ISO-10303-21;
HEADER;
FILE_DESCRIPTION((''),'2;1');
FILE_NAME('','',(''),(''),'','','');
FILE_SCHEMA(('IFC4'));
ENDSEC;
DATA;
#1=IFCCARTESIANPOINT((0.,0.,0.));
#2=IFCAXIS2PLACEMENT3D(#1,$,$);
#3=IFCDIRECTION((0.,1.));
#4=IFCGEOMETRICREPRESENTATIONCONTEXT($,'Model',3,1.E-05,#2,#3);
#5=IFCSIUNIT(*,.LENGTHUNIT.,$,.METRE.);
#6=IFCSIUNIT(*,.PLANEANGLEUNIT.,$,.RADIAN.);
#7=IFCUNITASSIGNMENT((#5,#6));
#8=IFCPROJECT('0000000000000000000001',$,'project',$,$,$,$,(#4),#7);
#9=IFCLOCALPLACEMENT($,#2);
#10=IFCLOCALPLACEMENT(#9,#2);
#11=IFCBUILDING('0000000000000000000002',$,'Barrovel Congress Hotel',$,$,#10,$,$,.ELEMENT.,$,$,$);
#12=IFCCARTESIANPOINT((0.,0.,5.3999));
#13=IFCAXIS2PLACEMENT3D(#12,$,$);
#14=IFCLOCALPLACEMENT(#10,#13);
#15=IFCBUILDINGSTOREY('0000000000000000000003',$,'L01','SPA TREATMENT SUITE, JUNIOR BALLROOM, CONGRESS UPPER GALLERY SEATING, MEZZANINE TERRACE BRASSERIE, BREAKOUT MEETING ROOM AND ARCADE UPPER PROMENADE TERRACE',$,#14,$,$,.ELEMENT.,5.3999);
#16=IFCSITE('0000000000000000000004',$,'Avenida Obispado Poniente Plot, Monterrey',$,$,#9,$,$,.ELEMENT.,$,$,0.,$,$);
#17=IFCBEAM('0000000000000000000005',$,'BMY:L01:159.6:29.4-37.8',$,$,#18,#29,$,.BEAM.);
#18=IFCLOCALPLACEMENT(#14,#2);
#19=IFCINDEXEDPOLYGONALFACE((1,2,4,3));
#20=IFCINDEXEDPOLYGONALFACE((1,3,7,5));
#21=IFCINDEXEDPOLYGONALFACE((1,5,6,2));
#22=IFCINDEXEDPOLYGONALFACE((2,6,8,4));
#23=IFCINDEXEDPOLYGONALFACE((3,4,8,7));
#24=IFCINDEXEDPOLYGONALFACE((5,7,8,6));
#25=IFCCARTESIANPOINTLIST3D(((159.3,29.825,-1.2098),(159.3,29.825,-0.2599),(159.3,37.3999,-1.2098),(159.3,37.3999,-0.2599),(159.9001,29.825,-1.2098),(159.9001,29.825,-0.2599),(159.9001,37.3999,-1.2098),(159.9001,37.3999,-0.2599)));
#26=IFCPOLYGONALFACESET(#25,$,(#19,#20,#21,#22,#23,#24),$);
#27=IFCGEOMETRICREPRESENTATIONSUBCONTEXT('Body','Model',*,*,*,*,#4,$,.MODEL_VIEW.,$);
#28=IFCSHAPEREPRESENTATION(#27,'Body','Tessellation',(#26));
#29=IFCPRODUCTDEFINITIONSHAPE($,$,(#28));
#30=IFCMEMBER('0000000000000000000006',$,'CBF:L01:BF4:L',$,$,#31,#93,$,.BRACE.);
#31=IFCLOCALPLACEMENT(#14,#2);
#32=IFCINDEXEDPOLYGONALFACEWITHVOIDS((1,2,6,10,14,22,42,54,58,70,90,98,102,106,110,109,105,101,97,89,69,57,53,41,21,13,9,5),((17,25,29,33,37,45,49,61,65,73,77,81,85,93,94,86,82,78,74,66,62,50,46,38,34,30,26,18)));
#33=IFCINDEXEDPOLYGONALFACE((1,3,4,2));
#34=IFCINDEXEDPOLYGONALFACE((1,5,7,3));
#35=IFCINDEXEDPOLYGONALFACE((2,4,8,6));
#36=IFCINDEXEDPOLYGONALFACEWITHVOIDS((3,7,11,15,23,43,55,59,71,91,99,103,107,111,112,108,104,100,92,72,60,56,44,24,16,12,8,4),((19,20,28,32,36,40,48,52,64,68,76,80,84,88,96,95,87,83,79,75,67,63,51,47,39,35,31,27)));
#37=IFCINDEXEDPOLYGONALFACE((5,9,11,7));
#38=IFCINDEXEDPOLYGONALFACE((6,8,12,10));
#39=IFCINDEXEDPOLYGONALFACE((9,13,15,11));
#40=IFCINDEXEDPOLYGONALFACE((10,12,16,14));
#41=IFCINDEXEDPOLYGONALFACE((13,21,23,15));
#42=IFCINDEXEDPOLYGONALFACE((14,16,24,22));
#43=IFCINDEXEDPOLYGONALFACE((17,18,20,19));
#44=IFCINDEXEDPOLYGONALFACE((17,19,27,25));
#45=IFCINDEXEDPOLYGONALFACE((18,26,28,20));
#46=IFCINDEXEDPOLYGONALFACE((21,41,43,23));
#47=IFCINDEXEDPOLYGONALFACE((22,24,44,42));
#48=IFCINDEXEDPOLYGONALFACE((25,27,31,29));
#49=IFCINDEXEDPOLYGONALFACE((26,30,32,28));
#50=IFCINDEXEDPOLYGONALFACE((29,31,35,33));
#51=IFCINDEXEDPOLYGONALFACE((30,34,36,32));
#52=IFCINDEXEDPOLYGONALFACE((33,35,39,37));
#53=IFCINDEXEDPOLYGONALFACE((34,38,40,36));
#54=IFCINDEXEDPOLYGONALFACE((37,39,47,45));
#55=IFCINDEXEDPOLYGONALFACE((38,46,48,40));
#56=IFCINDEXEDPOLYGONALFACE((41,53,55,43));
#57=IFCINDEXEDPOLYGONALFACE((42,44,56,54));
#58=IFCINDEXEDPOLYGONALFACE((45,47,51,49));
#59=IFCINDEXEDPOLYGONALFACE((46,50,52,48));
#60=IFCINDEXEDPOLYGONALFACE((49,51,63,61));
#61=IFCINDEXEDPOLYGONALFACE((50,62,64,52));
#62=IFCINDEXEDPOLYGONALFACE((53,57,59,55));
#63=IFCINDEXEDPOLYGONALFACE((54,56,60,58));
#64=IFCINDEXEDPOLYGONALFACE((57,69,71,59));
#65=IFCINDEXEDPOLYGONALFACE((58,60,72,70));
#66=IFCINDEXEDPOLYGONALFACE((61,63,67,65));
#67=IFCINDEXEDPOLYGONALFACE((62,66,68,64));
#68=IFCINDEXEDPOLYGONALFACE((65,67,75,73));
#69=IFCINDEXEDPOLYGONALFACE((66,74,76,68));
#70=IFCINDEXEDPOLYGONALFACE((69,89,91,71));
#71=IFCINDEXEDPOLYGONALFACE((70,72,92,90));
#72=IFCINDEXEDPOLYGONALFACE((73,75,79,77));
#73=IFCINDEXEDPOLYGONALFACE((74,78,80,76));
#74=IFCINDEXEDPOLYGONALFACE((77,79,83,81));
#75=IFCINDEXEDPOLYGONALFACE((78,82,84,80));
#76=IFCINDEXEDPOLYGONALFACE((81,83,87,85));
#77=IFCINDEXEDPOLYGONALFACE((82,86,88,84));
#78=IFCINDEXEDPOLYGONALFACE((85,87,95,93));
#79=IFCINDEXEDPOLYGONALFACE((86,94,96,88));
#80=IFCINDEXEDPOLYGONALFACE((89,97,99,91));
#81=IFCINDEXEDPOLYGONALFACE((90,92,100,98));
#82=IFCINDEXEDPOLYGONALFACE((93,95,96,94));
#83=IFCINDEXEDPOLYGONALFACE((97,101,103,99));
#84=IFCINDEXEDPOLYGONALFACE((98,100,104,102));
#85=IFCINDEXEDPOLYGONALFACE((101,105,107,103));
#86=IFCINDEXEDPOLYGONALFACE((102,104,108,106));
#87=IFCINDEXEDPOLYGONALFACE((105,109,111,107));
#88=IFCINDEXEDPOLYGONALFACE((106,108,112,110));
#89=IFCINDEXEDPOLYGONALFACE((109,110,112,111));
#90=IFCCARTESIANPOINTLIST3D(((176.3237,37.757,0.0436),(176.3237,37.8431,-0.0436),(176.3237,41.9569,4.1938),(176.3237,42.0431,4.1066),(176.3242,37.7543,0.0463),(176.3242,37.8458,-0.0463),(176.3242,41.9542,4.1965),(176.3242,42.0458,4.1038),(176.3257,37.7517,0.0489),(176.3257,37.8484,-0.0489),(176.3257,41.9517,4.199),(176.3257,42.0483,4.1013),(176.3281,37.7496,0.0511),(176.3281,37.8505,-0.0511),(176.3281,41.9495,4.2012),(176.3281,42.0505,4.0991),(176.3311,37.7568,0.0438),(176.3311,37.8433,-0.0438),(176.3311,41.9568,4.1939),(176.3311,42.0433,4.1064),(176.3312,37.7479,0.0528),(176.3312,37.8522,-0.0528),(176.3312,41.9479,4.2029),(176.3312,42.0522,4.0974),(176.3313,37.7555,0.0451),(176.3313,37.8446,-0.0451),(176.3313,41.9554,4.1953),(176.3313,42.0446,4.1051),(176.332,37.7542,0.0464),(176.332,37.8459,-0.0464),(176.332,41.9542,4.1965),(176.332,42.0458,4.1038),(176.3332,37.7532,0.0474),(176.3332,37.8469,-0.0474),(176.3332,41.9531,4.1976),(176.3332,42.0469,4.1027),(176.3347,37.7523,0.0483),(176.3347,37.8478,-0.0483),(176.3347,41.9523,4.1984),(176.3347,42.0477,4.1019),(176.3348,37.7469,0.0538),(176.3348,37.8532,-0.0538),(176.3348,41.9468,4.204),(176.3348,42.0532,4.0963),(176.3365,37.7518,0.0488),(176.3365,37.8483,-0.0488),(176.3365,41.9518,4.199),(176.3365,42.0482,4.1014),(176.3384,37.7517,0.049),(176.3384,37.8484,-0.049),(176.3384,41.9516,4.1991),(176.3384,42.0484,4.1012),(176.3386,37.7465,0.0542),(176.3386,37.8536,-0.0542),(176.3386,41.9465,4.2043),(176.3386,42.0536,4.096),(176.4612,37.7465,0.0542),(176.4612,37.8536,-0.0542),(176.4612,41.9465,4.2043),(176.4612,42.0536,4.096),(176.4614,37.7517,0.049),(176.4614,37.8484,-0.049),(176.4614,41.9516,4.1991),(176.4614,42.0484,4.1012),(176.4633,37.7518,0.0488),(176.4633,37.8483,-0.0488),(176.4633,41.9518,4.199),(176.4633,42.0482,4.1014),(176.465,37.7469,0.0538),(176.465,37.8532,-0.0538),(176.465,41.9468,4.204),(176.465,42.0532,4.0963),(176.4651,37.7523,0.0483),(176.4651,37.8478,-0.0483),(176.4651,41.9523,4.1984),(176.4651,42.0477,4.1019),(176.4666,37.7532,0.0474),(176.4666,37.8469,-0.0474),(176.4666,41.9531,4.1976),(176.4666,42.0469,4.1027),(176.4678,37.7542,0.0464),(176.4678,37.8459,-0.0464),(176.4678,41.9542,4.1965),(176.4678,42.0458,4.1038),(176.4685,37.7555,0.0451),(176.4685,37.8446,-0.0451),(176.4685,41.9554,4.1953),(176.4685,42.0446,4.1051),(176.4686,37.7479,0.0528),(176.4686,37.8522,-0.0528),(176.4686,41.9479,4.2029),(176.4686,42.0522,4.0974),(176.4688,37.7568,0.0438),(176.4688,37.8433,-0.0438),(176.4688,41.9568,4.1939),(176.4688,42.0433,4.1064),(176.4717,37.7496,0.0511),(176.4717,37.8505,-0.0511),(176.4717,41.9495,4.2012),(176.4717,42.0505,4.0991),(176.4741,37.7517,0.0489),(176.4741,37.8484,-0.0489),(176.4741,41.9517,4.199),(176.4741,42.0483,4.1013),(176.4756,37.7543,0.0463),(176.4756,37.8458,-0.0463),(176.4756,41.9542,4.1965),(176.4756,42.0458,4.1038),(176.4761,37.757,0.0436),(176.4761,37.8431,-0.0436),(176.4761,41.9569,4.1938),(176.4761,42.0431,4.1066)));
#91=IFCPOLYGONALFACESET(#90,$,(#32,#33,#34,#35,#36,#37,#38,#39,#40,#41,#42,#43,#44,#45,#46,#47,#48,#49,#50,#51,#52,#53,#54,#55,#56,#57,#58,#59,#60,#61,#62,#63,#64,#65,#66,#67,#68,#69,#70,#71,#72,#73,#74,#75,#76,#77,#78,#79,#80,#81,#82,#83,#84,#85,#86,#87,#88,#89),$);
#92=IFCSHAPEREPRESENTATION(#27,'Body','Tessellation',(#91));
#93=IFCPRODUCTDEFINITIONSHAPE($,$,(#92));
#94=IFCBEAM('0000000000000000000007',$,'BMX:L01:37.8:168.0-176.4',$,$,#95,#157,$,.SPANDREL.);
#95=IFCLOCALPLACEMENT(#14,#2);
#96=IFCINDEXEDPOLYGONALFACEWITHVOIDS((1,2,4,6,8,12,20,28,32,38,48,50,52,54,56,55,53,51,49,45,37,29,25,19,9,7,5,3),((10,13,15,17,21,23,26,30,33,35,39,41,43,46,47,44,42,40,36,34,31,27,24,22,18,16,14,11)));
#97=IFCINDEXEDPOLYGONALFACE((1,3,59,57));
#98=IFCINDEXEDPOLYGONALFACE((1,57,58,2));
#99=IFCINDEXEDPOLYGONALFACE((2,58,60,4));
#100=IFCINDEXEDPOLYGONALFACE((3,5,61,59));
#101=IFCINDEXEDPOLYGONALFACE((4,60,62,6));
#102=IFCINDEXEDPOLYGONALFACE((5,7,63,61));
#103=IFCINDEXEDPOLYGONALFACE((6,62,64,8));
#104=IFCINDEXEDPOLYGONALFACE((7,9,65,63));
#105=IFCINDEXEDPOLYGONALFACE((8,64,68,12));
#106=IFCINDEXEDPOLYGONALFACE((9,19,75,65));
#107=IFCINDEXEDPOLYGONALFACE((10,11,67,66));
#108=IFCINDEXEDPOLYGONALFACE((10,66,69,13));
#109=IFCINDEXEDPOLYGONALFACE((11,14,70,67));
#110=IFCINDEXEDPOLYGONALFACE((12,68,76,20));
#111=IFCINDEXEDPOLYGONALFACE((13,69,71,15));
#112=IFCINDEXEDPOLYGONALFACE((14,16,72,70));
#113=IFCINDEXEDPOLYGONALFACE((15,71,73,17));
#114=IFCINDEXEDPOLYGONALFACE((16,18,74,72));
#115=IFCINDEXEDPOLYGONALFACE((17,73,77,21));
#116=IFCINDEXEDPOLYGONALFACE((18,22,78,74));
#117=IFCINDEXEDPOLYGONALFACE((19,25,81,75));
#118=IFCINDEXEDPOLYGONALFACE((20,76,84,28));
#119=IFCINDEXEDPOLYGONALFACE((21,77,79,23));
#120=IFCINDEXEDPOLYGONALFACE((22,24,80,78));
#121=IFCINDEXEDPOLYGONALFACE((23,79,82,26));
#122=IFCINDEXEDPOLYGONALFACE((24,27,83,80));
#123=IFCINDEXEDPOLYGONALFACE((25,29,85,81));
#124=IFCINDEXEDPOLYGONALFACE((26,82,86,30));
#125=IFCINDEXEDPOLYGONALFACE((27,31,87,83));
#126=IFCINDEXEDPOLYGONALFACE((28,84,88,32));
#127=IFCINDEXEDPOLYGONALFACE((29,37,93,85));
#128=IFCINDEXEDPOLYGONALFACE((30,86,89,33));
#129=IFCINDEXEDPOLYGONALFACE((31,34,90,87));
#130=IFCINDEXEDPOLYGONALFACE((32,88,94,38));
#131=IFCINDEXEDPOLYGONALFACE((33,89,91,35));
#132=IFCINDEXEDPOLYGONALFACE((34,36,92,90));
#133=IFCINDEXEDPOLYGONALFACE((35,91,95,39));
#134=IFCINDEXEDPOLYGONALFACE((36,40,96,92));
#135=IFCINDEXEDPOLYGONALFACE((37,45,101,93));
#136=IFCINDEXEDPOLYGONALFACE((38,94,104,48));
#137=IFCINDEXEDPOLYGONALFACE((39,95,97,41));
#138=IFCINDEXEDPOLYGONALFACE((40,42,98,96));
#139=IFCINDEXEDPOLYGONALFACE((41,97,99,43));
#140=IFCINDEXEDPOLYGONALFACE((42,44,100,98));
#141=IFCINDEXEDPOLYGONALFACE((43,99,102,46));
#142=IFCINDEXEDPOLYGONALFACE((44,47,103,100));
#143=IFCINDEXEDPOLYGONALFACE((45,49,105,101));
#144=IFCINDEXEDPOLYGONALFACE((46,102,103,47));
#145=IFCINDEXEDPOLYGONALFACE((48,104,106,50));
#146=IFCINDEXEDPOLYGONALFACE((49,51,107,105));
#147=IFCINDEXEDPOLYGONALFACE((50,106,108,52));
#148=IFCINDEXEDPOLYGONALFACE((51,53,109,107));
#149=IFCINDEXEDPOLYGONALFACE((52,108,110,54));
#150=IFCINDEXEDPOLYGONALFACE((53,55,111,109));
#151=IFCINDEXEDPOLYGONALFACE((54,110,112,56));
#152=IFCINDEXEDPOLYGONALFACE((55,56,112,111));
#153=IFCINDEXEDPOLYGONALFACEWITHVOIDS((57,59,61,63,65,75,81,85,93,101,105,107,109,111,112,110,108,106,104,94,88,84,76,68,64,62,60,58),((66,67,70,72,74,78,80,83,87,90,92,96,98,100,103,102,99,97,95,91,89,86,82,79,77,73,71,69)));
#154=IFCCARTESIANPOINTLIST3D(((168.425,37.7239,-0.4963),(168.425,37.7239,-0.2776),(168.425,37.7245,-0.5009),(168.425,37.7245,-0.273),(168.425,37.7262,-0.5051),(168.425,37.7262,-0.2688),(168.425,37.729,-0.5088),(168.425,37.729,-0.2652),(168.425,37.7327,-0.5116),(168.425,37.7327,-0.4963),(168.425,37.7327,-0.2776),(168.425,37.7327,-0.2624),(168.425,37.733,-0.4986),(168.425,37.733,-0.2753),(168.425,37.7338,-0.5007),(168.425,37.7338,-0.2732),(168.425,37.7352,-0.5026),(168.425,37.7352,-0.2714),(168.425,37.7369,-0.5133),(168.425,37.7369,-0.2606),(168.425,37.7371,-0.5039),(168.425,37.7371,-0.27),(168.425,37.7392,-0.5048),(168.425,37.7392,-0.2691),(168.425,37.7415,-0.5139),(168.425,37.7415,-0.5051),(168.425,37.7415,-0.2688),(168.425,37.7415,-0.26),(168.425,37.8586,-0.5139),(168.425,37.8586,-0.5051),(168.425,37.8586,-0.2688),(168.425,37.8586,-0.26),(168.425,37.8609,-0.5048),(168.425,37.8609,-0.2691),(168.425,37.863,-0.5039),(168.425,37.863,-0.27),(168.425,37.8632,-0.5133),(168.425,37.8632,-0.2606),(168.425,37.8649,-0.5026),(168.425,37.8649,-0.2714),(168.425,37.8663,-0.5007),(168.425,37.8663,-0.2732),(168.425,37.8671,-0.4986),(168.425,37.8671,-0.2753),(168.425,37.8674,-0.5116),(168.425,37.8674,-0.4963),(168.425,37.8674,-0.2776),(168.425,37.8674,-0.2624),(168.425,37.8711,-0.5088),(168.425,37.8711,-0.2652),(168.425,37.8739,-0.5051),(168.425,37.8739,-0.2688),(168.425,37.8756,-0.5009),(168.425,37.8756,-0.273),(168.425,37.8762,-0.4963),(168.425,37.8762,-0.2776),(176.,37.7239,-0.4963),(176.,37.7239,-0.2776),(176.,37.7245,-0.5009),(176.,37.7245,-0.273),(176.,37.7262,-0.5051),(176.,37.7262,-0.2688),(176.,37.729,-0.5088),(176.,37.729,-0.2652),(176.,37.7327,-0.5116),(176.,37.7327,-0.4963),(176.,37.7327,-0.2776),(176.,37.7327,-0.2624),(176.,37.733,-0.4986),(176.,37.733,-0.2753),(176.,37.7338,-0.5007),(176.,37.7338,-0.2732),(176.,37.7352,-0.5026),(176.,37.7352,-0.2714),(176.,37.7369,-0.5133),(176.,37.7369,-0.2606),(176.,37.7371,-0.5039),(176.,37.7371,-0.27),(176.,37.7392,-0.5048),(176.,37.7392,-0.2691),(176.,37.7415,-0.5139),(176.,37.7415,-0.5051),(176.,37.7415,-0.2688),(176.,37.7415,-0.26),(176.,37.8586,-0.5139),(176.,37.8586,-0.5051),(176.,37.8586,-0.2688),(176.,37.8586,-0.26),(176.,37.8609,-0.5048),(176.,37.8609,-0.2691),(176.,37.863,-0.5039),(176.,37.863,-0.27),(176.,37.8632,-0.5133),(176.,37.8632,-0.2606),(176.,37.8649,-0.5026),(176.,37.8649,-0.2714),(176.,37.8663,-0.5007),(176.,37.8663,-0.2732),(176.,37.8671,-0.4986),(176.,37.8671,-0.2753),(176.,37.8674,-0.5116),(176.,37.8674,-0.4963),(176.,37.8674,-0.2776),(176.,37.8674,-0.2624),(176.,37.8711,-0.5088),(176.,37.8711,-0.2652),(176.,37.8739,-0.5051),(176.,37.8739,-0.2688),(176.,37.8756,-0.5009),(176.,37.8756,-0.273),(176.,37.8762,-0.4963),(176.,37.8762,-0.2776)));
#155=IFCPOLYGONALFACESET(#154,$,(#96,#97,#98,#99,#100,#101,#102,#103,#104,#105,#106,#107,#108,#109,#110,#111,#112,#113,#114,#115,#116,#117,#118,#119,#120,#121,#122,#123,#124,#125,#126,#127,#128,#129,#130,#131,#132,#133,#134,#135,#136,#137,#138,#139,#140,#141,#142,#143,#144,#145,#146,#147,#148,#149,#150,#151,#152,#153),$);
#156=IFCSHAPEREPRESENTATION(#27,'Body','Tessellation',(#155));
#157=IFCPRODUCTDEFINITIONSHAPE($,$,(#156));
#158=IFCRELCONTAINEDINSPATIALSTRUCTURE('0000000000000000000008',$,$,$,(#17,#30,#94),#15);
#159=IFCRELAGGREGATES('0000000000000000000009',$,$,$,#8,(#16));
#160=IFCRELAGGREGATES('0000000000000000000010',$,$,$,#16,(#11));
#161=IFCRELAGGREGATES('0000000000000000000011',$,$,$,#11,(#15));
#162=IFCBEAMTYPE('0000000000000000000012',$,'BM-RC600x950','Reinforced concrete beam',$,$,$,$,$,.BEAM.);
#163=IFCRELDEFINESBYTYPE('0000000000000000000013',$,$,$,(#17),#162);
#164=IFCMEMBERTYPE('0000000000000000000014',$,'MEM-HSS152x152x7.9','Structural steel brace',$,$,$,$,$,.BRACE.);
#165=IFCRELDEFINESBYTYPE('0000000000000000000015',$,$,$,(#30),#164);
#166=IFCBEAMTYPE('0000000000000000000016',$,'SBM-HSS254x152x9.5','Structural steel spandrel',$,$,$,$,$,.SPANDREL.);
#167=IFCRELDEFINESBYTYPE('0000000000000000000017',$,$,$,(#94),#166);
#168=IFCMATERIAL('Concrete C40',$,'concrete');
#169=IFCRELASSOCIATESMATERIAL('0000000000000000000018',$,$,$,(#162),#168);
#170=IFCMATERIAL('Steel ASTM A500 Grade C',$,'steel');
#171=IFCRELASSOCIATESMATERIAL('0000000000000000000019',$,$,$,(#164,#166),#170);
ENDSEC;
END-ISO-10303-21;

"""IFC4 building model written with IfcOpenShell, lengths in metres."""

from ifc_helpers import new_model, si_unit, direction, frame, origin, origin_2d, place, context, subcontext, project, spatial, rectangle, hollow_rectangle, extrude, material, material_profile, profile_set, type_object, element, save


model = new_model("IFC4")

# Units and contexts
model_context = context("Model", 3, precision=1e-05, world=origin(), true_north=direction((0.0, 1.0)))
body_context = subcontext(model_context, "Body", "Model", "MODEL_VIEW")
ifc_project = project(units=[si_unit("LENGTHUNIT", "METRE"), si_unit("PLANEANGLEUNIT", "RADIAN")], contexts=[model_context])

# Site, building, storey
site_placement = place(None, origin())
site = spatial("IfcSite", under=ifc_project, at=site_placement, Name="Avenida Obispado Poniente Plot, Monterrey", CompositionType="ELEMENT", RefElevation=0.0)
building_placement = place(site_placement, origin())
building = spatial("IfcBuilding", under=site, at=building_placement, Name="Barrovel Congress Hotel", CompositionType="ELEMENT")
storey_placement = place(building_placement, frame((0.0, 0.0, 5.3999)))
storey = spatial("IfcBuildingStorey", under=building, at=storey_placement, Name="L01", Description="SPA TREATMENT SUITE, JUNIOR BALLROOM, CONGRESS UPPER GALLERY SEATING, MEZZANINE TERRACE BRASSERIE, BREAKOUT MEETING ROOM AND ARCADE UPPER PROMENADE TERRACE", CompositionType="ELEMENT", Elevation=5.3999)

# Shared definitions
ifc_material_1 = material(Name="Concrete C40", Category="concrete")

# Beam
ifc_material_profile_1 = material_profile(ifc_material_1, rectangle(XDim=0.6001, YDim=0.95, at=origin_2d()), Name="RC600x950")
ifc_profile_set_1 = profile_set([ifc_material_profile_1], Name="Concrete C40")
beam_type_1 = type_object("IfcBeamType", Name="BM-RC600x950", Description="Reinforced concrete beam", PredefinedType="BEAM", material=ifc_profile_set_1)
beam_1_placement = place(storey_placement, frame((159.6001, 29.825, -0.7349), z_axis=(0.0, 1.0, 0.0), x_axis=(-1.0, 0.0, 0.0)))
element("IfcBeam", 1, at=beam_1_placement, inside=storey, type_object=beam_type_1, Name="BMY:L01:159.6:29.4-37.8", PredefinedType="BEAM", context=body_context, shape_type="SweptSolid", body=[
    extrude(rectangle(XDim=0.6001, YDim=0.95, at=origin_2d()), origin(), (0.0, 0.0, 1.0), 7.575),
])

# Member
ifc_material_2 = material(Name="Steel ASTM A500 Grade C", Category="steel")
ifc_material_profile_2 = material_profile(ifc_material_2, hollow_rectangle(XDim=0.1523, YDim=0.1523, WallThickness=0.0073, InnerFilletRadius=0.0073, OuterFilletRadius=0.0149, at=origin_2d()), Name="HSS152x152x7.9")
ifc_profile_set_2 = profile_set([ifc_material_profile_2], Name="Steel ASTM A500 Grade C")
member_type = type_object("IfcMemberType", Name="MEM-HSS152x152x7.9", Description="Structural steel brace", PredefinedType="BRACE", material=ifc_profile_set_2)
member_placement = place(storey_placement, frame((176.3999, 37.8, 0.0), z_axis=(0.0, 0.711312, 0.702877), x_axis=(-1.0, 0.0, 0.0)))
element("IfcMember", 2, at=member_placement, inside=storey, type_object=member_type, Name="CBF:L01:BF4:L", PredefinedType="BRACE", context=body_context, shape_type="SweptSolid", body=[
    extrude(hollow_rectangle(XDim=0.1523, YDim=0.1523, WallThickness=0.0073, InnerFilletRadius=0.0073, OuterFilletRadius=0.0149, at=origin_2d()), origin(), (0.0, 0.0, 1.0), 5.9045),
])

# Beam
ifc_material_profile_3 = material_profile(ifc_material_2, hollow_rectangle(XDim=0.1523, YDim=0.2539, WallThickness=0.0088, InnerFilletRadius=0.0088, OuterFilletRadius=0.0176, at=origin_2d()), Name="HSS254x152x9.5")
ifc_profile_set_3 = profile_set([ifc_material_profile_3], Name="Steel ASTM A500 Grade C")
beam_type_2 = type_object("IfcBeamType", Name="SBM-HSS254x152x9.5", Description="Structural steel spandrel", PredefinedType="SPANDREL", material=ifc_profile_set_3)
beam_2_placement = place(storey_placement, frame((168.425, 37.8, -0.387), z_axis=(1.0, 0.0, 0.0), x_axis=(0.0, 1.0, 0.0)))
element("IfcBeam", 3, at=beam_2_placement, inside=storey, type_object=beam_type_2, Name="BMX:L01:37.8:168.0-176.4", PredefinedType="SPANDREL", context=body_context, shape_type="SweptSolid", body=[
    extrude(hollow_rectangle(XDim=0.1523, YDim=0.2539, WallThickness=0.0088, InnerFilletRadius=0.0088, OuterFilletRadius=0.0176, at=origin_2d()), origin(), (0.0, 0.0, 1.0), 7.575),
])

save(model, "model.ifc")
